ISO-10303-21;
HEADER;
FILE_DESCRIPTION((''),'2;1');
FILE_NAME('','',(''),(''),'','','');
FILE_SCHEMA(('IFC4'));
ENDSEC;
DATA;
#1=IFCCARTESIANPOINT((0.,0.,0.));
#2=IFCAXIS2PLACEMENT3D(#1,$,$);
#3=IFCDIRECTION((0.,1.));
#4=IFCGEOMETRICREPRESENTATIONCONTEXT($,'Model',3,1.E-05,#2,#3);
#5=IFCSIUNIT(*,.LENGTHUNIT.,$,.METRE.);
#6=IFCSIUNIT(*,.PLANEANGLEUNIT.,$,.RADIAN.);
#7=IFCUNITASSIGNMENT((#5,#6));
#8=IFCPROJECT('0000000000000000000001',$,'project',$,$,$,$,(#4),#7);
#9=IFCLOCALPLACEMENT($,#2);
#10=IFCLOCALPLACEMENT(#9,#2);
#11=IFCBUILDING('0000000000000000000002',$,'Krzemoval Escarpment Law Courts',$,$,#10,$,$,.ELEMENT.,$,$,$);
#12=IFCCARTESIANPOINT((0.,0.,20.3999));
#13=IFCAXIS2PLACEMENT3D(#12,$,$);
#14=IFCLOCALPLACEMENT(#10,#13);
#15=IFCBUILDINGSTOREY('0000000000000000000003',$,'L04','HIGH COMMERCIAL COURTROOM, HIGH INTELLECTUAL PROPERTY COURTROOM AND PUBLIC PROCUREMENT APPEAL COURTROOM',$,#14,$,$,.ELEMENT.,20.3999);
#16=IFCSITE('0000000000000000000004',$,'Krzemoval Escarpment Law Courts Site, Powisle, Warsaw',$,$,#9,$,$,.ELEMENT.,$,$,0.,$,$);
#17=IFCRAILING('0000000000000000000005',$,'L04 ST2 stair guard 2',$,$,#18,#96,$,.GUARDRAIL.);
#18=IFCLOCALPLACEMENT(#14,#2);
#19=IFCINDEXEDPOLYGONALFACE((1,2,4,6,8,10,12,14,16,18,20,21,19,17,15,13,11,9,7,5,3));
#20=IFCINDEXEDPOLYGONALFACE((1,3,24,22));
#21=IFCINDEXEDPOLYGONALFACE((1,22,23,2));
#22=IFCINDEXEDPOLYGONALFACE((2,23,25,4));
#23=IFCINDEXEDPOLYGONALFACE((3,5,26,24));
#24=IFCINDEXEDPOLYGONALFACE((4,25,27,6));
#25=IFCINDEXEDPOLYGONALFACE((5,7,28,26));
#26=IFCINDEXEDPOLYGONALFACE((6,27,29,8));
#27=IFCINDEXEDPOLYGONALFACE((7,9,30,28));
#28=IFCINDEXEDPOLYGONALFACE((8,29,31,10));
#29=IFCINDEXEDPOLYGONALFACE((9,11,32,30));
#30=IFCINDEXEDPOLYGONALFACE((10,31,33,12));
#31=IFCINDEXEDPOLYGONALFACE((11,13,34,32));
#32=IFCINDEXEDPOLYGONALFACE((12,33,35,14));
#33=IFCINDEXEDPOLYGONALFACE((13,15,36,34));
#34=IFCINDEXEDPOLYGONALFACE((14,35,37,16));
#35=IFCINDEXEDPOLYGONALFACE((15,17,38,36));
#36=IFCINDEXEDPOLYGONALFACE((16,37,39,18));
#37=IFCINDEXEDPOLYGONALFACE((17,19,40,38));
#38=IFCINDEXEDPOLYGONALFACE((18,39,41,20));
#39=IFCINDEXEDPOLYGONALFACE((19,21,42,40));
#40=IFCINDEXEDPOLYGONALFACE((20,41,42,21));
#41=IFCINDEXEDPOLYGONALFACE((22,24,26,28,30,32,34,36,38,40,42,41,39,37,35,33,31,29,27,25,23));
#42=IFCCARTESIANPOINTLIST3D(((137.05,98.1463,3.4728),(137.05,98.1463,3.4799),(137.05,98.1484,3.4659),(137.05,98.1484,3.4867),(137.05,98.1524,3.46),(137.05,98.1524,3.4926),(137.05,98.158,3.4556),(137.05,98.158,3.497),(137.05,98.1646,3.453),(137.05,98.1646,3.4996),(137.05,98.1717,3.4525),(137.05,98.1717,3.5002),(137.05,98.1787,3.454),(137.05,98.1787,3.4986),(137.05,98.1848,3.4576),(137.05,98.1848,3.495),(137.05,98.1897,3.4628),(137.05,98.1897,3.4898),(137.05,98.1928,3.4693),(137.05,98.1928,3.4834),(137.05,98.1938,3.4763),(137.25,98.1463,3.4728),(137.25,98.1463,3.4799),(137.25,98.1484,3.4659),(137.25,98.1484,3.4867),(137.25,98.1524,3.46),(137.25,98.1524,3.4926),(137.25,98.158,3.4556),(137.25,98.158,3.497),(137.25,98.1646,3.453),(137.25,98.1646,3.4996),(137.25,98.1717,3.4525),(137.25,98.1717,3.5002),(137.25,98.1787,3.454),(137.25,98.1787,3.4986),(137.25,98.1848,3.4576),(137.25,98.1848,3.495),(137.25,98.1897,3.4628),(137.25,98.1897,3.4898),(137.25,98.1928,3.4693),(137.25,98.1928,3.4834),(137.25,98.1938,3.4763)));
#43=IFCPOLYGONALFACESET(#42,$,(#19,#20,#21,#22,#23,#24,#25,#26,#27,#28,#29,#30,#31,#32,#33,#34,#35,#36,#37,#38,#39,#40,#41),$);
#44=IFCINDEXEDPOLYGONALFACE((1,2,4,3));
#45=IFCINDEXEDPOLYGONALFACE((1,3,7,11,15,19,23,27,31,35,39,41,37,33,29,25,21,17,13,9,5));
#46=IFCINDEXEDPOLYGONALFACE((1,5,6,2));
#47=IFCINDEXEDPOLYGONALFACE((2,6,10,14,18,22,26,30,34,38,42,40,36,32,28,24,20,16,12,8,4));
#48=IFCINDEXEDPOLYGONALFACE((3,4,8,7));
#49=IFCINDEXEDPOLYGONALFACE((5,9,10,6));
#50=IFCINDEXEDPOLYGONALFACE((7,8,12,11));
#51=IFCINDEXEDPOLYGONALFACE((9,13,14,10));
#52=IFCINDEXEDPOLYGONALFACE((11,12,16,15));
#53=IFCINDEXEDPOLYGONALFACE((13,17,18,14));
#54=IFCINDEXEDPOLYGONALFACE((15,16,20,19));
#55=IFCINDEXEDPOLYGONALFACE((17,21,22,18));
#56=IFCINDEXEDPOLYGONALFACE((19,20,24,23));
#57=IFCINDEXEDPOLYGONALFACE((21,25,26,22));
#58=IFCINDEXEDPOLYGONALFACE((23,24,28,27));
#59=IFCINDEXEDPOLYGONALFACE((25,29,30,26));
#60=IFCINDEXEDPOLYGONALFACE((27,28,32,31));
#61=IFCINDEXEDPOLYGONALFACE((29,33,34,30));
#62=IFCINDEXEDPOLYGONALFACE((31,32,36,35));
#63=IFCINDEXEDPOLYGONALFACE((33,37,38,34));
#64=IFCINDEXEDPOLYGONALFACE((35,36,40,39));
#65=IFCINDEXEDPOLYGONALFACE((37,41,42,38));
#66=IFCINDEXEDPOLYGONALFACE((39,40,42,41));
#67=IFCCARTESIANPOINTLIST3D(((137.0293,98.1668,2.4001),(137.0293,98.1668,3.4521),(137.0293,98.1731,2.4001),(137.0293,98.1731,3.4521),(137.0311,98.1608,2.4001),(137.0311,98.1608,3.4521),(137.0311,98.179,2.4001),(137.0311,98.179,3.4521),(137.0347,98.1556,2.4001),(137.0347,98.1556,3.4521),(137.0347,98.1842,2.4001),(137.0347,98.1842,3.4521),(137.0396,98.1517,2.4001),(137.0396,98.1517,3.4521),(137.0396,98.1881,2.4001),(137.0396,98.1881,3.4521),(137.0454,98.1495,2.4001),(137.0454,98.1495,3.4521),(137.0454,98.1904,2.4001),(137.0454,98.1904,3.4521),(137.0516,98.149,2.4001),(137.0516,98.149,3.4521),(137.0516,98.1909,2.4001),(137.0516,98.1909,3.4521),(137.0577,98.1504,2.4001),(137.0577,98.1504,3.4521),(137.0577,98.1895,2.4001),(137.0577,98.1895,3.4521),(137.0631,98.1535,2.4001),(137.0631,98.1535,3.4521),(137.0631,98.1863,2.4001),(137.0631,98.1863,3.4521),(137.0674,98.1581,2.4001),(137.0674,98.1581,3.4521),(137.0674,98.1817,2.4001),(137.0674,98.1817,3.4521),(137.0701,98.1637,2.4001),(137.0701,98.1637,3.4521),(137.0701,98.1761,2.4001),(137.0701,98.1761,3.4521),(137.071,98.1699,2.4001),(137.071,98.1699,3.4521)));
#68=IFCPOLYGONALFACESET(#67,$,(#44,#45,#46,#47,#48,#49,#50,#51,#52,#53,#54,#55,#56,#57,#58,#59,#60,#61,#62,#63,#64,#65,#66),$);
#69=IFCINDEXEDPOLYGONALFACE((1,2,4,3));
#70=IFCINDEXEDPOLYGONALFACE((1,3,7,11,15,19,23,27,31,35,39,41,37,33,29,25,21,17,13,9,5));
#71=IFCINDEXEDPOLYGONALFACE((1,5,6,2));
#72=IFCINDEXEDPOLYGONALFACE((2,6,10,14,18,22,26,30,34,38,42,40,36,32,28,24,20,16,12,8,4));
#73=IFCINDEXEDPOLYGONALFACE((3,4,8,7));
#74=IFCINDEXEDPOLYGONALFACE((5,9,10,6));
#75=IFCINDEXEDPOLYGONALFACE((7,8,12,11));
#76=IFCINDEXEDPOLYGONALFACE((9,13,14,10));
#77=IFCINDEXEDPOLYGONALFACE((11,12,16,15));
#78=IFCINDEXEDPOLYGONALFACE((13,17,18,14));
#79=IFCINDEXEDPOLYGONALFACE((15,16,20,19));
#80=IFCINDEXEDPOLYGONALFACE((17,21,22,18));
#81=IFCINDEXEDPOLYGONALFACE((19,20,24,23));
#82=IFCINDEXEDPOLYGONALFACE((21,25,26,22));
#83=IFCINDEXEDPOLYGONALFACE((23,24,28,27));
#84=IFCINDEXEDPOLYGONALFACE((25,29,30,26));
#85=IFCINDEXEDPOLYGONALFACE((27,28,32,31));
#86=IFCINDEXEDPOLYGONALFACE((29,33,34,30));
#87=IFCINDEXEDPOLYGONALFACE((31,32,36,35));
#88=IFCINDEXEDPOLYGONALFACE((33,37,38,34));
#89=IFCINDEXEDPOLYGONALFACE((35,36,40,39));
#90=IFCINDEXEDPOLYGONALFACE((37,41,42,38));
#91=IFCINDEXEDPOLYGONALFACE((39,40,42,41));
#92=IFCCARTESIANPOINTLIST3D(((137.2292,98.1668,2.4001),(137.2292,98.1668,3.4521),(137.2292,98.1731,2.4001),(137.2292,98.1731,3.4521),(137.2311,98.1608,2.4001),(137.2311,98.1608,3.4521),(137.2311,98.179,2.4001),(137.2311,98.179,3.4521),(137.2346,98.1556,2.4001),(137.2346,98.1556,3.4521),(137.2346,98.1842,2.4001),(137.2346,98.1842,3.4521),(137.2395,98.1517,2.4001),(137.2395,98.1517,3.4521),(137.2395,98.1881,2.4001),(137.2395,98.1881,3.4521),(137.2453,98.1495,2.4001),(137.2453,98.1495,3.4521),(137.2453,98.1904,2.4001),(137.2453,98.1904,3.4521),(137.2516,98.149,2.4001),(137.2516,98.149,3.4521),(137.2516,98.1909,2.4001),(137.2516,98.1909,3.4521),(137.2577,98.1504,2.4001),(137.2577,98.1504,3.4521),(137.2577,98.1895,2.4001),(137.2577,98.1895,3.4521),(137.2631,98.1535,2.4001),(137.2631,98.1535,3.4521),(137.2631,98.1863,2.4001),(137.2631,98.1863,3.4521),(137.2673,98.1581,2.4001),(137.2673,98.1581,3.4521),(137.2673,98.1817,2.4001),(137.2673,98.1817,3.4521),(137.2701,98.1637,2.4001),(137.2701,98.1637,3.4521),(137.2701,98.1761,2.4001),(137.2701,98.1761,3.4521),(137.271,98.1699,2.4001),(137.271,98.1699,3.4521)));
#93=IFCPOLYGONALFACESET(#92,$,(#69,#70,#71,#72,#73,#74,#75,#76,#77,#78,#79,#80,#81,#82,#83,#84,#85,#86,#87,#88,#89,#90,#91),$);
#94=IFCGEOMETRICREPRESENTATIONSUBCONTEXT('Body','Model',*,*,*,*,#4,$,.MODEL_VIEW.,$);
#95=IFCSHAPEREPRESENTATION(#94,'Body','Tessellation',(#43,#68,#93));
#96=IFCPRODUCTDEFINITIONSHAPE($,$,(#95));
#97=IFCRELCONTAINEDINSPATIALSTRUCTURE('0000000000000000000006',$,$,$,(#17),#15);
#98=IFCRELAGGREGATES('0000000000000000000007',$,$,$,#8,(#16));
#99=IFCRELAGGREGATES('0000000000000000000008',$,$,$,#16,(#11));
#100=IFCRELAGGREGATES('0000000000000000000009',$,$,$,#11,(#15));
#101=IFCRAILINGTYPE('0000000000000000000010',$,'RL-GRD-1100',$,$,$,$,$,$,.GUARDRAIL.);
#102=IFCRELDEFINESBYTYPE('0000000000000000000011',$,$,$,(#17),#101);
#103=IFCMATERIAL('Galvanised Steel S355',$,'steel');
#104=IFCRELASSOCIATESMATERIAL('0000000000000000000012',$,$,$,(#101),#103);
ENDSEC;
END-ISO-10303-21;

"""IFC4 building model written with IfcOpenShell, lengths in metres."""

from ifc_helpers import new_model, si_unit, direction, frame, origin, origin_2d, place, context, subcontext, project, spatial, circle, extrude, material, type_object, element, save


model = new_model("IFC4")

# Units and contexts
model_context = context("Model", 3, precision=1e-05, world=origin(), true_north=direction((0.0, 1.0)))
body_context = subcontext(model_context, "Body", "Model", "MODEL_VIEW")
ifc_project = project(units=[si_unit("LENGTHUNIT", "METRE"), si_unit("PLANEANGLEUNIT", "RADIAN")], contexts=[model_context])

# Site, building, storey
site_placement = place(None, origin())
site = spatial("IfcSite", under=ifc_project, at=site_placement, Name="Krzemoval Escarpment Law Courts Site, Powisle, Warsaw", CompositionType="ELEMENT", RefElevation=0.0)
building_placement = place(site_placement, origin())
building = spatial("IfcBuilding", under=site, at=building_placement, Name="Krzemoval Escarpment Law Courts", CompositionType="ELEMENT")
storey_placement = place(building_placement, frame((0.0, 0.0, 20.3999)))
storey = spatial("IfcBuildingStorey", under=building, at=storey_placement, Name="L04", Description="HIGH COMMERCIAL COURTROOM, HIGH INTELLECTUAL PROPERTY COURTROOM AND PUBLIC PROCUREMENT APPEAL COURTROOM", CompositionType="ELEMENT", Elevation=20.3999)

# Railing
ifc_material_1 = material(Name="Galvanised Steel S355", Category="steel")
railing_type_1 = type_object("IfcRailingType", Name="RL-GRD-1100", PredefinedType="GUARDRAIL", material=ifc_material_1)
railing_1_placement = place(storey_placement, frame((137.05, 98.1699, 2.4001)))
element("IfcRailing", 1, at=railing_1_placement, inside=storey, type_object=railing_type_1, Name="L04 ST2 stair guard 2", PredefinedType="GUARDRAIL", context=body_context, shape_type="SweptSolid", body=[
    extrude(circle(Radius=0.0239, at=origin_2d()), frame((0.0, 0.0, 1.0762), z_axis=(1.0, 0.0, 0.0), x_axis=(0.0, 1.0, 0.0)), (0.0, 0.0, 1.0), 0.2),
    extrude(circle(Radius=0.021, at=origin_2d()), origin(), (0.0, 0.0, 1.0), 1.052),
    extrude(circle(Radius=0.021, at=origin_2d()), frame((0.2, 0.0, 0.0)), (0.0, 0.0, 1.0), 1.052),
])

save(model, "model.ifc")
